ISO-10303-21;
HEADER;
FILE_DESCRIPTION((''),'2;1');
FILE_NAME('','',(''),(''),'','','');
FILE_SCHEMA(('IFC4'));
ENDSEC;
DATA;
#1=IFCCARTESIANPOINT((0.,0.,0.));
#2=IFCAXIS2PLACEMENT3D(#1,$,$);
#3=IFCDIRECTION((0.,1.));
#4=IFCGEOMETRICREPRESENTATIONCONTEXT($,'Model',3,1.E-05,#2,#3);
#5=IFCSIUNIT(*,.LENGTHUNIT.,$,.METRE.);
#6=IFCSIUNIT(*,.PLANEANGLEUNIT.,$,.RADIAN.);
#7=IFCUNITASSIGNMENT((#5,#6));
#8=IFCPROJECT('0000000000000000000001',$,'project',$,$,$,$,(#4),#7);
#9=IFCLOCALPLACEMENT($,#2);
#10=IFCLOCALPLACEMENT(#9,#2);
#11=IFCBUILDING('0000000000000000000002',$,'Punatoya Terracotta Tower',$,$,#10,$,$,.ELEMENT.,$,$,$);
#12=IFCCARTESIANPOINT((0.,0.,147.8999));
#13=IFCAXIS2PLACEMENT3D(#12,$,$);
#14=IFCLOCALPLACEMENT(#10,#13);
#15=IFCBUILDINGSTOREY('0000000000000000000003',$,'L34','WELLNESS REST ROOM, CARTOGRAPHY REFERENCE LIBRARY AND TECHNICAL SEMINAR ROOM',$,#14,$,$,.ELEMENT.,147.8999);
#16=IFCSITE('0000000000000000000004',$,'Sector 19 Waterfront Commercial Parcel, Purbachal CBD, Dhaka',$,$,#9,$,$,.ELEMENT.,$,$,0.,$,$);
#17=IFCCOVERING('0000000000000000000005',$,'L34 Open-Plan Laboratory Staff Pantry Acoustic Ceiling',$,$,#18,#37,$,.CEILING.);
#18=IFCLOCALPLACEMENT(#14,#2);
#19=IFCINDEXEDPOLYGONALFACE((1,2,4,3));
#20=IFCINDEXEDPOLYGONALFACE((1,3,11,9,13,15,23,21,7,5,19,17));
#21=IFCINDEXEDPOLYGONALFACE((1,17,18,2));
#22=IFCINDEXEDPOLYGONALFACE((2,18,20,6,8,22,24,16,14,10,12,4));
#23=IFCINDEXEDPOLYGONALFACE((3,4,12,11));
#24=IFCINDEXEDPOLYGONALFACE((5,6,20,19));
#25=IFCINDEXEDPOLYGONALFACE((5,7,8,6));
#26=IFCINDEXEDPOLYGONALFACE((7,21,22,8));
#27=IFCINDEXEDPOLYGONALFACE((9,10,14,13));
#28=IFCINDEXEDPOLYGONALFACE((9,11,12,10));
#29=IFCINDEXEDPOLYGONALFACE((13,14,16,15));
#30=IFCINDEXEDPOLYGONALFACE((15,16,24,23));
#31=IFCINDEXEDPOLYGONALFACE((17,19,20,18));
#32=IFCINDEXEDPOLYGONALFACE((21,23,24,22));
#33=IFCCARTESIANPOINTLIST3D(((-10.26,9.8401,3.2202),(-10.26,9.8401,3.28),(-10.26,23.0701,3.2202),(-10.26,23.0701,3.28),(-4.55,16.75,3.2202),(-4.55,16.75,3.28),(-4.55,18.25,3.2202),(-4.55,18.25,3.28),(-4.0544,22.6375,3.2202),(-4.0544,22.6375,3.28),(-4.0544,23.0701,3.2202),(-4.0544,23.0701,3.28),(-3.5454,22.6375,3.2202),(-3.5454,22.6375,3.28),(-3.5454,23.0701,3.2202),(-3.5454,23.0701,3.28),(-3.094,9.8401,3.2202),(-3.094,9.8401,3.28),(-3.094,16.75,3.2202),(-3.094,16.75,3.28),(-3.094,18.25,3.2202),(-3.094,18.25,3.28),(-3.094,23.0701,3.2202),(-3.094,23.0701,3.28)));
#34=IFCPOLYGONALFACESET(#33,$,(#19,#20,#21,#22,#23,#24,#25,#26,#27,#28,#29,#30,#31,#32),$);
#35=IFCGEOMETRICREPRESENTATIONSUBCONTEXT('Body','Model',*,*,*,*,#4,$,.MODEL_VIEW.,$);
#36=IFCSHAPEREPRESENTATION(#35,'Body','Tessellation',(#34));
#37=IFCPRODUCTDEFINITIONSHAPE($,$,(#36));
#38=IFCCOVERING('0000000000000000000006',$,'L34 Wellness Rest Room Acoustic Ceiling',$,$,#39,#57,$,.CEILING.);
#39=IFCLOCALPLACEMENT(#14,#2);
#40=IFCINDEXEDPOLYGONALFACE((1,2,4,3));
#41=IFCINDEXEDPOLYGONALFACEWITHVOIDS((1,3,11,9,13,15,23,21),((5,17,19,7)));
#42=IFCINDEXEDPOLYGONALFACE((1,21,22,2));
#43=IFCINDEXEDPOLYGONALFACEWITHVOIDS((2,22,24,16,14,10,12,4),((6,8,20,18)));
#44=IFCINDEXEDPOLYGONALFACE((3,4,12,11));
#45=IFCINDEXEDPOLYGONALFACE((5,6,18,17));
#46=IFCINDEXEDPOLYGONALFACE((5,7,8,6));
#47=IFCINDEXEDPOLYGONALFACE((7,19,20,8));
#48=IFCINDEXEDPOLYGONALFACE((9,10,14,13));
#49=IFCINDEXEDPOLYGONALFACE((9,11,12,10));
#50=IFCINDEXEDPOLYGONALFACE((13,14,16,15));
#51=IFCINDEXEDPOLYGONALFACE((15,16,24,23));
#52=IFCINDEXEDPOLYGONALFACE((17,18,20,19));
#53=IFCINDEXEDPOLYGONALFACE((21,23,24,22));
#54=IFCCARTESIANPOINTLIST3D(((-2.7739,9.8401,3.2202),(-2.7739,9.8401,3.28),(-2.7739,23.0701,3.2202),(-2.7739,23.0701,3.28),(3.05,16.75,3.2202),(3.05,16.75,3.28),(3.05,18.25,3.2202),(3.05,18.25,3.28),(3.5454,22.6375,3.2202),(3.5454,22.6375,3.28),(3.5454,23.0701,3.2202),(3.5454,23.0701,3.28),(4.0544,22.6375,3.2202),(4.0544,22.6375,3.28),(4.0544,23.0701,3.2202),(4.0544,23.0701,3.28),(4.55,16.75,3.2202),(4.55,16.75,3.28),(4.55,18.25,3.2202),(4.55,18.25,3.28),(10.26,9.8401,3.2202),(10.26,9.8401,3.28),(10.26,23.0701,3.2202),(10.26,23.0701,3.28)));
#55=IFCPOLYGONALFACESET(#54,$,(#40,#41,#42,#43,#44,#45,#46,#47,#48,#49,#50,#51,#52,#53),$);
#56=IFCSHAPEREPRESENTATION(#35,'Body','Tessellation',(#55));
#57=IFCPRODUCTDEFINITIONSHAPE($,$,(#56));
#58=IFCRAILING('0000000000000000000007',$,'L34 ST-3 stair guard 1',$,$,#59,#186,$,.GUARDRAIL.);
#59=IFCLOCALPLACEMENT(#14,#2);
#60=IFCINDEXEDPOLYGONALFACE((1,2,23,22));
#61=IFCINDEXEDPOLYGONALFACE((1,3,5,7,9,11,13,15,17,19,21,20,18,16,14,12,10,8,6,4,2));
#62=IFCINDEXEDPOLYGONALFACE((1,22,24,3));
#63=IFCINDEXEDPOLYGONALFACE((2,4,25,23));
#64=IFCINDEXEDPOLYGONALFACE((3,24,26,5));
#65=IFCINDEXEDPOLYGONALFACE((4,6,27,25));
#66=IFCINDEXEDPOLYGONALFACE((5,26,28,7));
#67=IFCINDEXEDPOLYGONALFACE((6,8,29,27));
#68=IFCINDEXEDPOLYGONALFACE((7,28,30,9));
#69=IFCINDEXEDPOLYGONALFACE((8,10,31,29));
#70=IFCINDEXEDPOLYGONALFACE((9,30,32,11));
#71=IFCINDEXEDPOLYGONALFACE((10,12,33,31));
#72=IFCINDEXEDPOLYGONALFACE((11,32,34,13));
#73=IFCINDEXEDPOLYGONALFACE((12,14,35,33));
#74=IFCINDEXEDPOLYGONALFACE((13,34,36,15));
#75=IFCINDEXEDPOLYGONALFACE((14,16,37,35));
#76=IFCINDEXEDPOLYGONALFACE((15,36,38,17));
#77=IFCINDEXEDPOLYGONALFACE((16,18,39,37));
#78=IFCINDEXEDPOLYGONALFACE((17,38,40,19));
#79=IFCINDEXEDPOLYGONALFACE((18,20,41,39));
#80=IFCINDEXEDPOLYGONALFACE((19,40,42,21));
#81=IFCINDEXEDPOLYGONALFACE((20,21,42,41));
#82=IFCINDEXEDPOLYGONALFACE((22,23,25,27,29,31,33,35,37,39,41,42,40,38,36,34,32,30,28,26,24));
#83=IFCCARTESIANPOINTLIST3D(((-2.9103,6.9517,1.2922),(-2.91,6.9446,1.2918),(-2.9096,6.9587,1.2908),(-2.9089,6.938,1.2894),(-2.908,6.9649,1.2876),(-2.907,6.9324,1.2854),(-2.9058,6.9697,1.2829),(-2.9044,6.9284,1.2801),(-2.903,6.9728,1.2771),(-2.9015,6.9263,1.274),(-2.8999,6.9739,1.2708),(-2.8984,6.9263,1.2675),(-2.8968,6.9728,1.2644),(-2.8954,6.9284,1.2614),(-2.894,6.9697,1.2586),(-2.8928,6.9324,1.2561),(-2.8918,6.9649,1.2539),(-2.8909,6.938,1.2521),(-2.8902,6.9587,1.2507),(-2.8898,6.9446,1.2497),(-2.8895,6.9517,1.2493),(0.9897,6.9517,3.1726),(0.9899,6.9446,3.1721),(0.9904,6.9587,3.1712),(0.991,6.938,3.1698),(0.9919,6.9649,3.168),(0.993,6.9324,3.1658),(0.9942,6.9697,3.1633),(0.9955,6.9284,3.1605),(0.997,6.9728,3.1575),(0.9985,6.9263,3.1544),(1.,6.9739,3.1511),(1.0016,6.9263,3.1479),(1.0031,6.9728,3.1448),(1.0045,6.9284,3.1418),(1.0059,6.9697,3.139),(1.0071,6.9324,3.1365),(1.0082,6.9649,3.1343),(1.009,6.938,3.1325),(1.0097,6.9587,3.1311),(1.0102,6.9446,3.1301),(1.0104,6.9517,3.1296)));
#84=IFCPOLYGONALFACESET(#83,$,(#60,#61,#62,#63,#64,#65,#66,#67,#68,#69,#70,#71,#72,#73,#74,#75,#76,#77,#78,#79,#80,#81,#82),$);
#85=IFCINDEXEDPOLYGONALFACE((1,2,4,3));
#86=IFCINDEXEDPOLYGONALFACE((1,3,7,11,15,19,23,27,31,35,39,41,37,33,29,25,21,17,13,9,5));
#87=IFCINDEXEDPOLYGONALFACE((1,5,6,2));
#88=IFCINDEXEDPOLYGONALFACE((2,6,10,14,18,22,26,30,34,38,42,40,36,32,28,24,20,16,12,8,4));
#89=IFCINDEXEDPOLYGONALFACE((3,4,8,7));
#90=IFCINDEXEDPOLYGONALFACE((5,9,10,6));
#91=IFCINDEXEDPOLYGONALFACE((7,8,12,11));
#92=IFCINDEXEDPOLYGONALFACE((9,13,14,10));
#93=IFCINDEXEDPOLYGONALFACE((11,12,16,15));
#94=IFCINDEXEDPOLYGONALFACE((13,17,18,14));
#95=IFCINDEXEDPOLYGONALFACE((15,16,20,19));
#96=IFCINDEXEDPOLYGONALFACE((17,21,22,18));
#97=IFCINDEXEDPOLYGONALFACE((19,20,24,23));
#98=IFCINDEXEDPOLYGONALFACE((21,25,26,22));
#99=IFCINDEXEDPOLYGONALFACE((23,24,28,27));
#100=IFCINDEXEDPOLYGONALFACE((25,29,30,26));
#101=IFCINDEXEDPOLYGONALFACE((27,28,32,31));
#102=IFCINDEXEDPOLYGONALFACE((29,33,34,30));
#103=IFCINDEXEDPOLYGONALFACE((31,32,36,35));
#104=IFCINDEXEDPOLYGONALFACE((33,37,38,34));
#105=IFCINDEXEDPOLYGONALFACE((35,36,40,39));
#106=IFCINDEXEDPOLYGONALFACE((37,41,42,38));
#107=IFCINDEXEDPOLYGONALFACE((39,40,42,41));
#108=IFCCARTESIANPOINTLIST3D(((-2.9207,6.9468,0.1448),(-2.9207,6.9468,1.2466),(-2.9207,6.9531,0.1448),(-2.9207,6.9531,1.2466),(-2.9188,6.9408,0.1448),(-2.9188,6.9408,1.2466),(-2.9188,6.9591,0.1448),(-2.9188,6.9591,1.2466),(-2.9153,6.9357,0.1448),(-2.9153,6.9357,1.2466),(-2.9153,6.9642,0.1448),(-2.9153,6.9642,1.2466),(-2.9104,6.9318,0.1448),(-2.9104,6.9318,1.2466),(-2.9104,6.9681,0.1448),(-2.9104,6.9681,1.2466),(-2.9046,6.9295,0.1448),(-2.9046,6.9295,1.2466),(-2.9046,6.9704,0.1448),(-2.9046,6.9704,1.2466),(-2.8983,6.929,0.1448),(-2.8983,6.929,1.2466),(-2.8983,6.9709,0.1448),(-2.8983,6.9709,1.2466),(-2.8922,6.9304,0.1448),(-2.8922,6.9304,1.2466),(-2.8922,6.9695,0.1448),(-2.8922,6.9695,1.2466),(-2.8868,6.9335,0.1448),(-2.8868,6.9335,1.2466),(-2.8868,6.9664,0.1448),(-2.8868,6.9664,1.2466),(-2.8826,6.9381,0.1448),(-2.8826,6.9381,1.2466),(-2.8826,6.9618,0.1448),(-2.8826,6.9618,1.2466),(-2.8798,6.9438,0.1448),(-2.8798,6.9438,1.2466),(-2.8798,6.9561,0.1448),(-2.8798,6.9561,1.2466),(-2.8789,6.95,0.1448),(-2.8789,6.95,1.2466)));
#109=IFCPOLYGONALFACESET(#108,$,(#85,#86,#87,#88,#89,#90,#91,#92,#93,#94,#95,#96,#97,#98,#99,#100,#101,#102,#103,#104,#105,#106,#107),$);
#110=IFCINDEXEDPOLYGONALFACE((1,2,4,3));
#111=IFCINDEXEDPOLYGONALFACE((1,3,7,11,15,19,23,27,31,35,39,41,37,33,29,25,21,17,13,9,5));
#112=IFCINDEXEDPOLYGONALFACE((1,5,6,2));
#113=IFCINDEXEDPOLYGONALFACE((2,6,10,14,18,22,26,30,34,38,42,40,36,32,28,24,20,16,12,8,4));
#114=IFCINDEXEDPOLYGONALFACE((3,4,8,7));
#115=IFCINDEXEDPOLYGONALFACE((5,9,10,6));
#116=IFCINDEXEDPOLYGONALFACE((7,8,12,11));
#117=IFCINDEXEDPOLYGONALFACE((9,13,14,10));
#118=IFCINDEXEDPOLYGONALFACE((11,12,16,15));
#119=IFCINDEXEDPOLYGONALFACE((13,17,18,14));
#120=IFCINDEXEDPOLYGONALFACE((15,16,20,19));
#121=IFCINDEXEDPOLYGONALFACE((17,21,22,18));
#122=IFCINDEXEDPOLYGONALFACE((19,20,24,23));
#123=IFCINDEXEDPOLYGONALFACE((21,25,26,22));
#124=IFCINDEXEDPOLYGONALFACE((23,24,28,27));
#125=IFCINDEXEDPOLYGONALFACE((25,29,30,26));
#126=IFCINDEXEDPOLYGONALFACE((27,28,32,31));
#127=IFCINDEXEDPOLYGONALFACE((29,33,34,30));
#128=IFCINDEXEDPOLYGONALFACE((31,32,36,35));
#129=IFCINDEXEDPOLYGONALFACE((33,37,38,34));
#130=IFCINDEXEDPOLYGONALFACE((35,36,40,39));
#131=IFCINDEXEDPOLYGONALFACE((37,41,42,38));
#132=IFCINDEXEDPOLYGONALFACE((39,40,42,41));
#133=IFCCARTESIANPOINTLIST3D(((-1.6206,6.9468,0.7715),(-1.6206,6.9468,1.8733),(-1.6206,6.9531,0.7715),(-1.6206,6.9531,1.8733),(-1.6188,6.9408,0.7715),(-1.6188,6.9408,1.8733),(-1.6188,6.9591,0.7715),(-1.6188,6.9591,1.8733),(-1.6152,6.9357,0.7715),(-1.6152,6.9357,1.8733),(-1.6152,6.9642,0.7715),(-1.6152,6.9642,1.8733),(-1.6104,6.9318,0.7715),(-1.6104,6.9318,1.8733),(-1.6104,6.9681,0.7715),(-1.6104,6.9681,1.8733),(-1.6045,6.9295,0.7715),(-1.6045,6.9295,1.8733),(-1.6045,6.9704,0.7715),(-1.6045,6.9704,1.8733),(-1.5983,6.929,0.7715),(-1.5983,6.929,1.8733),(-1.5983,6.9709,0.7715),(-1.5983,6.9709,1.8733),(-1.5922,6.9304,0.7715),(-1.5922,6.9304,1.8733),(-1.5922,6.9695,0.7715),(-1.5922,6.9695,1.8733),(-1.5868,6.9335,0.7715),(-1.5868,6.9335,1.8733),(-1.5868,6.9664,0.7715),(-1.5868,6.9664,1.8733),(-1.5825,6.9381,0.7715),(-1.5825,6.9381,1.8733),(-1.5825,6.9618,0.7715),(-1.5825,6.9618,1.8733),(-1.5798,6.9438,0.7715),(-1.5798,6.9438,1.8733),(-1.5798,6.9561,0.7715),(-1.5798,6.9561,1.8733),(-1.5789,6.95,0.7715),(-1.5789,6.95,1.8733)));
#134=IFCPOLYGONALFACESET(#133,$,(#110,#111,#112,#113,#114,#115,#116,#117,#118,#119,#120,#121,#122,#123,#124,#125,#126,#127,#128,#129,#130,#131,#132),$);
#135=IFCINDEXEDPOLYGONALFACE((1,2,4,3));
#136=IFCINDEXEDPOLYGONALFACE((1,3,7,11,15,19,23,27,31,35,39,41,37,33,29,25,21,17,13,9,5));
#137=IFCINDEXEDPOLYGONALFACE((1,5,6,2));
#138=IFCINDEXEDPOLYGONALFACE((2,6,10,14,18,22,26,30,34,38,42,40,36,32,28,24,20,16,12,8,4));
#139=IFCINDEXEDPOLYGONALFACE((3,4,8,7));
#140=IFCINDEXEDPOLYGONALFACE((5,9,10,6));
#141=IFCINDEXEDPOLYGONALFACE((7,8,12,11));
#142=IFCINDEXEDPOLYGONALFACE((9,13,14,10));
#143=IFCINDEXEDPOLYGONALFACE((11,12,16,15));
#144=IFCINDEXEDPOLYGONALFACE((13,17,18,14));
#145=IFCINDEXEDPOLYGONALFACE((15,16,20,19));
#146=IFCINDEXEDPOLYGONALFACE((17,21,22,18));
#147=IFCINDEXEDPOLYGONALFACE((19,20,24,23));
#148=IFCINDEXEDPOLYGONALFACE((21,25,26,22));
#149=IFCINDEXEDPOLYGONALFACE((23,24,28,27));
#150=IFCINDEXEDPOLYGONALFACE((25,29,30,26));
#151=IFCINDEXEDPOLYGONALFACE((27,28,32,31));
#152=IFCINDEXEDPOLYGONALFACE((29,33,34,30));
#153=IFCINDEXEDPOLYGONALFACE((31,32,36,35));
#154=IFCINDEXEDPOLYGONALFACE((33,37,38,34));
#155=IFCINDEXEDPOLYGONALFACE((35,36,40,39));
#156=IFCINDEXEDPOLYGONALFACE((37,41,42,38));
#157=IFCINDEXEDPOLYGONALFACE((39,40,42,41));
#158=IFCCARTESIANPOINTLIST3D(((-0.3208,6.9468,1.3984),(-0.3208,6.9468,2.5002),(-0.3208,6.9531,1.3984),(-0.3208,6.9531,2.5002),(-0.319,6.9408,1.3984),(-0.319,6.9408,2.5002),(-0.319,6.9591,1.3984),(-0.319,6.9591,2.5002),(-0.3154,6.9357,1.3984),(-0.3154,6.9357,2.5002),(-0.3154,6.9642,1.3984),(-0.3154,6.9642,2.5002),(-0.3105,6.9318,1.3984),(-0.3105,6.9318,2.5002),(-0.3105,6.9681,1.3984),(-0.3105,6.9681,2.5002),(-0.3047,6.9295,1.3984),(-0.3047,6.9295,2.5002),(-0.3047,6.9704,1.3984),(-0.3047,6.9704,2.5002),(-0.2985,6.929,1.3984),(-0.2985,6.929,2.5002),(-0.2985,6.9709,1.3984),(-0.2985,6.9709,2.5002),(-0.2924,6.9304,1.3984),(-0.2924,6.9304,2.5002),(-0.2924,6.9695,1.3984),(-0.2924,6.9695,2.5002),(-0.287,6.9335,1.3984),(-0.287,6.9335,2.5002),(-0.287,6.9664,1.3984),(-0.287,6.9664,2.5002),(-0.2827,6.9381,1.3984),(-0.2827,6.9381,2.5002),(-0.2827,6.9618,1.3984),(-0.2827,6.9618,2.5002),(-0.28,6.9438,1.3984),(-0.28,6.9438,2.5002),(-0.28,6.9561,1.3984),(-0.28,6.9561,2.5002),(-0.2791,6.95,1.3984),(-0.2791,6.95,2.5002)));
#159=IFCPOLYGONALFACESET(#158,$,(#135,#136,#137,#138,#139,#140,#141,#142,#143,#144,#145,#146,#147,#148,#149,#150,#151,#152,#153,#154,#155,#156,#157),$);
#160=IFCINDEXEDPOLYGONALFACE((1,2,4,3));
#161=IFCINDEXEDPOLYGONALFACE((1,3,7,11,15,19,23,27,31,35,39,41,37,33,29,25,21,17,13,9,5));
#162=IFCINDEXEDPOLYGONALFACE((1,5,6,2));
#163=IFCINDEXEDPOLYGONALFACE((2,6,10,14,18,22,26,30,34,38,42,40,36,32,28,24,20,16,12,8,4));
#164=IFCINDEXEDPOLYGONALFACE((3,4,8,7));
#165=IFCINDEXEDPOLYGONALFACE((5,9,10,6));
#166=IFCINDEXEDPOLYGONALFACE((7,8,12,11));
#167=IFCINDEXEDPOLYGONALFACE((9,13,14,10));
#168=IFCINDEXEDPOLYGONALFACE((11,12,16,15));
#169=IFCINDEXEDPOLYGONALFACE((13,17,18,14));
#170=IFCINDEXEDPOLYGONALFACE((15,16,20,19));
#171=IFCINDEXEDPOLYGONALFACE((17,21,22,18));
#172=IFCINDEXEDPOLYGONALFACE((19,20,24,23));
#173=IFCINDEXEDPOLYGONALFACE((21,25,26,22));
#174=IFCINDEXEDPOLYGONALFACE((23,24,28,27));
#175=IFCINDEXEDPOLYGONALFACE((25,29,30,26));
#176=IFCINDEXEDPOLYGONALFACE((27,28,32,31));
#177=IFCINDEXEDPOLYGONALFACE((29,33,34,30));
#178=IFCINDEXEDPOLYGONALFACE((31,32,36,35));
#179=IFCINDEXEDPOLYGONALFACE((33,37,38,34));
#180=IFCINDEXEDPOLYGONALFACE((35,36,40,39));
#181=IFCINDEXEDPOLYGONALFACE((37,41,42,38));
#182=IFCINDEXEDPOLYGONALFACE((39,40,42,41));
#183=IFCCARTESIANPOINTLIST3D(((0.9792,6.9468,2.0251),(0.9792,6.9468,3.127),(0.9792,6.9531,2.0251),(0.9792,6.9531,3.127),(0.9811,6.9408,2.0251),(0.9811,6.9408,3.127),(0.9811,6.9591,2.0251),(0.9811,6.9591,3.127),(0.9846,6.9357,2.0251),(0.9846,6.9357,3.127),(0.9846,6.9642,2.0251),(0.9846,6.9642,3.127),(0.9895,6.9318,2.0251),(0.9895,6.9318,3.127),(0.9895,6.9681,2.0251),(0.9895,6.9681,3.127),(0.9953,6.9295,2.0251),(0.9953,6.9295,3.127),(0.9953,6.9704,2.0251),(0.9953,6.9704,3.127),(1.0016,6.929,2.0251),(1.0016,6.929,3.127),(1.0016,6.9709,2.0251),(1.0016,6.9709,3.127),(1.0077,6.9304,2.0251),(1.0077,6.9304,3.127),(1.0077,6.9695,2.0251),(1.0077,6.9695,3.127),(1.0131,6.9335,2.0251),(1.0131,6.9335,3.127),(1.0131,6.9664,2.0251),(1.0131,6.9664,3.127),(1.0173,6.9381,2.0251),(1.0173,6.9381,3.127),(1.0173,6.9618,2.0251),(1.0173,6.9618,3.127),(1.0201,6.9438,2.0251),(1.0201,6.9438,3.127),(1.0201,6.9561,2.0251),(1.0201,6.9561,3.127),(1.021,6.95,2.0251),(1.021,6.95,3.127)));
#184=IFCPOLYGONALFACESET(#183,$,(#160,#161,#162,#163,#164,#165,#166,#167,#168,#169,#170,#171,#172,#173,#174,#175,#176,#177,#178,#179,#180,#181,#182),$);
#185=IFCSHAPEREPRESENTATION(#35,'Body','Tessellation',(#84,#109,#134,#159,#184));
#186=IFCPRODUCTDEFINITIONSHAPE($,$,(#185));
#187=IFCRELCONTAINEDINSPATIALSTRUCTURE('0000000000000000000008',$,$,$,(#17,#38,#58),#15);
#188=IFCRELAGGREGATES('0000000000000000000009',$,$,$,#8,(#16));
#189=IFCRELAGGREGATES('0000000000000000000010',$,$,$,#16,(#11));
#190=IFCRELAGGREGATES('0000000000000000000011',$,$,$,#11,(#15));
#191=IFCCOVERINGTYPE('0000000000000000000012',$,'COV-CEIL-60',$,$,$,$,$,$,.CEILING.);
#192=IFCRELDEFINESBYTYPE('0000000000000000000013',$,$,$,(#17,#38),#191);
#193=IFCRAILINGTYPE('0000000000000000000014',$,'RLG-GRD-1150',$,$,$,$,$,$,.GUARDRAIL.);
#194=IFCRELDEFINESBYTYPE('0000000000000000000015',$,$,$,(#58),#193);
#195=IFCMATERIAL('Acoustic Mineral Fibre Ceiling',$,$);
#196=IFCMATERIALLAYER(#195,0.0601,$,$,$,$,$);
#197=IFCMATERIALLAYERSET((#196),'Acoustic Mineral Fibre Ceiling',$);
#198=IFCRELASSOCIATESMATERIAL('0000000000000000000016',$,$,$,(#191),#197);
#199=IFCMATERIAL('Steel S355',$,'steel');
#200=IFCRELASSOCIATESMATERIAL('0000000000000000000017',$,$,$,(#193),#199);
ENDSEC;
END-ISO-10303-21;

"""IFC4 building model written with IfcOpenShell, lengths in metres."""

from ifc_helpers import new_model, si_unit, direction, frame, origin, origin_2d, place, context, subcontext, project, spatial, polyline, circle, outline, extrude, material, layer, layer_set, type_object, element, save


model = new_model("IFC4")

# Units and contexts
model_context = context("Model", 3, precision=1e-05, world=origin(), true_north=direction((0.0, 1.0)))
body_context = subcontext(model_context, "Body", "Model", "MODEL_VIEW")
ifc_project = project(units=[si_unit("LENGTHUNIT", "METRE"), si_unit("PLANEANGLEUNIT", "RADIAN")], contexts=[model_context])

# Site, building, storey
site_placement = place(None, origin())
site = spatial("IfcSite", under=ifc_project, at=site_placement, Name="Sector 19 Waterfront Commercial Parcel, Purbachal CBD, Dhaka", CompositionType="ELEMENT", RefElevation=0.0)
building_placement = place(site_placement, origin())
building = spatial("IfcBuilding", under=site, at=building_placement, Name="Punatoya Terracotta Tower", CompositionType="ELEMENT")
storey_placement = place(building_placement, frame((0.0, 0.0, 147.8999)))
storey = spatial("IfcBuildingStorey", under=building, at=storey_placement, Name="L34", Description="WELLNESS REST ROOM, CARTOGRAPHY REFERENCE LIBRARY AND TECHNICAL SEMINAR ROOM", CompositionType="ELEMENT", Elevation=147.8999)

# Shared definitions
ifc_material_1 = material(Name="Steel S355", Category="steel")

# Coverings
ifc_material_2 = material(Name="Acoustic Mineral Fibre Ceiling")
ifc_layer_1 = layer(ifc_material_2, 0.0601)
ifc_layer_set_1 = layer_set([ifc_layer_1], Name="Acoustic Mineral Fibre Ceiling")
covering_type = type_object("IfcCoveringType", Name="COV-CEIL-60", PredefinedType="CEILING", material=ifc_layer_set_1)
covering_1_placement = place(storey_placement, frame((0.0, 0.0, 3.2202)))
element("IfcCovering", 1, at=covering_1_placement, inside=storey, type_object=covering_type, Name="L34 Open-Plan Laboratory Staff Pantry Acoustic Ceiling", PredefinedType="CEILING", context=body_context, shape_type="SweptSolid", body=[
    extrude(outline(polyline([(-3.5454, 23.0701), (-3.5454, 22.6375), (-4.0544, 22.6375), (-4.0544, 23.0701), (-10.26, 23.0701), (-10.26, 9.8401), (-3.094, 9.8401), (-3.094, 16.75), (-4.55, 16.75), (-4.55, 18.25), (-3.094, 18.25), (-3.094, 23.0701), (-3.5454, 23.0701)])), origin(), (0.0, 0.0, 1.0), 0.0598),
])
covering_2_placement = place(storey_placement, frame((0.0, 0.0, 3.2202)))
element("IfcCovering", 2, at=covering_2_placement, inside=storey, type_object=covering_type, Name="L34 Wellness Rest Room Acoustic Ceiling", PredefinedType="CEILING", context=body_context, shape_type="SweptSolid", body=[
    extrude(outline(polyline([(10.26, 9.8401), (10.26, 23.0701), (4.0544, 23.0701), (4.0544, 22.6375), (3.5454, 22.6375), (3.5454, 23.0701), (-2.7739, 23.0701), (-2.7739, 9.8401), (10.26, 9.8401)]), holes=[polyline([(4.55, 16.75), (3.05, 16.75), (3.05, 18.25), (4.55, 18.25), (4.55, 16.75)])]), origin(), (0.0, 0.0, 1.0), 0.0598),
])

# Railing
railing_type_1 = type_object("IfcRailingType", Name="RLG-GRD-1150", PredefinedType="GUARDRAIL", material=ifc_material_1)
railing_1_placement = place(storey_placement, frame((-2.8999, 6.95, 0.1448)))
element("IfcRailing", 3, at=railing_1_placement, inside=storey, type_object=railing_type_1, Name="L34 ST-3 stair guard 1", PredefinedType="GUARDRAIL", context=body_context, shape_type="SweptSolid", body=[
    extrude(circle(Radius=0.0239, at=origin_2d()), frame((0.0, 0.0, 1.126), z_axis=(0.900763, 0.0, 0.434311), x_axis=(0.0, 1.0, 0.0)), (0.0, 0.0, 1.0), 4.3296),
    extrude(circle(Radius=0.021, at=origin_2d()), origin(), (0.0, 0.0, 1.0), 1.1018),
    extrude(circle(Radius=0.021, at=origin_2d()), frame((1.3, 0.0, 0.6267)), (0.0, 0.0, 1.0), 1.1018),
    extrude(circle(Radius=0.021, at=origin_2d()), frame((2.5999, 0.0, 1.2537)), (0.0, 0.0, 1.0), 1.1018),
    extrude(circle(Radius=0.021, at=origin_2d()), frame((3.8999, 0.0, 1.8804)), (0.0, 0.0, 1.0), 1.1018),
])

save(model, "model.ifc")
